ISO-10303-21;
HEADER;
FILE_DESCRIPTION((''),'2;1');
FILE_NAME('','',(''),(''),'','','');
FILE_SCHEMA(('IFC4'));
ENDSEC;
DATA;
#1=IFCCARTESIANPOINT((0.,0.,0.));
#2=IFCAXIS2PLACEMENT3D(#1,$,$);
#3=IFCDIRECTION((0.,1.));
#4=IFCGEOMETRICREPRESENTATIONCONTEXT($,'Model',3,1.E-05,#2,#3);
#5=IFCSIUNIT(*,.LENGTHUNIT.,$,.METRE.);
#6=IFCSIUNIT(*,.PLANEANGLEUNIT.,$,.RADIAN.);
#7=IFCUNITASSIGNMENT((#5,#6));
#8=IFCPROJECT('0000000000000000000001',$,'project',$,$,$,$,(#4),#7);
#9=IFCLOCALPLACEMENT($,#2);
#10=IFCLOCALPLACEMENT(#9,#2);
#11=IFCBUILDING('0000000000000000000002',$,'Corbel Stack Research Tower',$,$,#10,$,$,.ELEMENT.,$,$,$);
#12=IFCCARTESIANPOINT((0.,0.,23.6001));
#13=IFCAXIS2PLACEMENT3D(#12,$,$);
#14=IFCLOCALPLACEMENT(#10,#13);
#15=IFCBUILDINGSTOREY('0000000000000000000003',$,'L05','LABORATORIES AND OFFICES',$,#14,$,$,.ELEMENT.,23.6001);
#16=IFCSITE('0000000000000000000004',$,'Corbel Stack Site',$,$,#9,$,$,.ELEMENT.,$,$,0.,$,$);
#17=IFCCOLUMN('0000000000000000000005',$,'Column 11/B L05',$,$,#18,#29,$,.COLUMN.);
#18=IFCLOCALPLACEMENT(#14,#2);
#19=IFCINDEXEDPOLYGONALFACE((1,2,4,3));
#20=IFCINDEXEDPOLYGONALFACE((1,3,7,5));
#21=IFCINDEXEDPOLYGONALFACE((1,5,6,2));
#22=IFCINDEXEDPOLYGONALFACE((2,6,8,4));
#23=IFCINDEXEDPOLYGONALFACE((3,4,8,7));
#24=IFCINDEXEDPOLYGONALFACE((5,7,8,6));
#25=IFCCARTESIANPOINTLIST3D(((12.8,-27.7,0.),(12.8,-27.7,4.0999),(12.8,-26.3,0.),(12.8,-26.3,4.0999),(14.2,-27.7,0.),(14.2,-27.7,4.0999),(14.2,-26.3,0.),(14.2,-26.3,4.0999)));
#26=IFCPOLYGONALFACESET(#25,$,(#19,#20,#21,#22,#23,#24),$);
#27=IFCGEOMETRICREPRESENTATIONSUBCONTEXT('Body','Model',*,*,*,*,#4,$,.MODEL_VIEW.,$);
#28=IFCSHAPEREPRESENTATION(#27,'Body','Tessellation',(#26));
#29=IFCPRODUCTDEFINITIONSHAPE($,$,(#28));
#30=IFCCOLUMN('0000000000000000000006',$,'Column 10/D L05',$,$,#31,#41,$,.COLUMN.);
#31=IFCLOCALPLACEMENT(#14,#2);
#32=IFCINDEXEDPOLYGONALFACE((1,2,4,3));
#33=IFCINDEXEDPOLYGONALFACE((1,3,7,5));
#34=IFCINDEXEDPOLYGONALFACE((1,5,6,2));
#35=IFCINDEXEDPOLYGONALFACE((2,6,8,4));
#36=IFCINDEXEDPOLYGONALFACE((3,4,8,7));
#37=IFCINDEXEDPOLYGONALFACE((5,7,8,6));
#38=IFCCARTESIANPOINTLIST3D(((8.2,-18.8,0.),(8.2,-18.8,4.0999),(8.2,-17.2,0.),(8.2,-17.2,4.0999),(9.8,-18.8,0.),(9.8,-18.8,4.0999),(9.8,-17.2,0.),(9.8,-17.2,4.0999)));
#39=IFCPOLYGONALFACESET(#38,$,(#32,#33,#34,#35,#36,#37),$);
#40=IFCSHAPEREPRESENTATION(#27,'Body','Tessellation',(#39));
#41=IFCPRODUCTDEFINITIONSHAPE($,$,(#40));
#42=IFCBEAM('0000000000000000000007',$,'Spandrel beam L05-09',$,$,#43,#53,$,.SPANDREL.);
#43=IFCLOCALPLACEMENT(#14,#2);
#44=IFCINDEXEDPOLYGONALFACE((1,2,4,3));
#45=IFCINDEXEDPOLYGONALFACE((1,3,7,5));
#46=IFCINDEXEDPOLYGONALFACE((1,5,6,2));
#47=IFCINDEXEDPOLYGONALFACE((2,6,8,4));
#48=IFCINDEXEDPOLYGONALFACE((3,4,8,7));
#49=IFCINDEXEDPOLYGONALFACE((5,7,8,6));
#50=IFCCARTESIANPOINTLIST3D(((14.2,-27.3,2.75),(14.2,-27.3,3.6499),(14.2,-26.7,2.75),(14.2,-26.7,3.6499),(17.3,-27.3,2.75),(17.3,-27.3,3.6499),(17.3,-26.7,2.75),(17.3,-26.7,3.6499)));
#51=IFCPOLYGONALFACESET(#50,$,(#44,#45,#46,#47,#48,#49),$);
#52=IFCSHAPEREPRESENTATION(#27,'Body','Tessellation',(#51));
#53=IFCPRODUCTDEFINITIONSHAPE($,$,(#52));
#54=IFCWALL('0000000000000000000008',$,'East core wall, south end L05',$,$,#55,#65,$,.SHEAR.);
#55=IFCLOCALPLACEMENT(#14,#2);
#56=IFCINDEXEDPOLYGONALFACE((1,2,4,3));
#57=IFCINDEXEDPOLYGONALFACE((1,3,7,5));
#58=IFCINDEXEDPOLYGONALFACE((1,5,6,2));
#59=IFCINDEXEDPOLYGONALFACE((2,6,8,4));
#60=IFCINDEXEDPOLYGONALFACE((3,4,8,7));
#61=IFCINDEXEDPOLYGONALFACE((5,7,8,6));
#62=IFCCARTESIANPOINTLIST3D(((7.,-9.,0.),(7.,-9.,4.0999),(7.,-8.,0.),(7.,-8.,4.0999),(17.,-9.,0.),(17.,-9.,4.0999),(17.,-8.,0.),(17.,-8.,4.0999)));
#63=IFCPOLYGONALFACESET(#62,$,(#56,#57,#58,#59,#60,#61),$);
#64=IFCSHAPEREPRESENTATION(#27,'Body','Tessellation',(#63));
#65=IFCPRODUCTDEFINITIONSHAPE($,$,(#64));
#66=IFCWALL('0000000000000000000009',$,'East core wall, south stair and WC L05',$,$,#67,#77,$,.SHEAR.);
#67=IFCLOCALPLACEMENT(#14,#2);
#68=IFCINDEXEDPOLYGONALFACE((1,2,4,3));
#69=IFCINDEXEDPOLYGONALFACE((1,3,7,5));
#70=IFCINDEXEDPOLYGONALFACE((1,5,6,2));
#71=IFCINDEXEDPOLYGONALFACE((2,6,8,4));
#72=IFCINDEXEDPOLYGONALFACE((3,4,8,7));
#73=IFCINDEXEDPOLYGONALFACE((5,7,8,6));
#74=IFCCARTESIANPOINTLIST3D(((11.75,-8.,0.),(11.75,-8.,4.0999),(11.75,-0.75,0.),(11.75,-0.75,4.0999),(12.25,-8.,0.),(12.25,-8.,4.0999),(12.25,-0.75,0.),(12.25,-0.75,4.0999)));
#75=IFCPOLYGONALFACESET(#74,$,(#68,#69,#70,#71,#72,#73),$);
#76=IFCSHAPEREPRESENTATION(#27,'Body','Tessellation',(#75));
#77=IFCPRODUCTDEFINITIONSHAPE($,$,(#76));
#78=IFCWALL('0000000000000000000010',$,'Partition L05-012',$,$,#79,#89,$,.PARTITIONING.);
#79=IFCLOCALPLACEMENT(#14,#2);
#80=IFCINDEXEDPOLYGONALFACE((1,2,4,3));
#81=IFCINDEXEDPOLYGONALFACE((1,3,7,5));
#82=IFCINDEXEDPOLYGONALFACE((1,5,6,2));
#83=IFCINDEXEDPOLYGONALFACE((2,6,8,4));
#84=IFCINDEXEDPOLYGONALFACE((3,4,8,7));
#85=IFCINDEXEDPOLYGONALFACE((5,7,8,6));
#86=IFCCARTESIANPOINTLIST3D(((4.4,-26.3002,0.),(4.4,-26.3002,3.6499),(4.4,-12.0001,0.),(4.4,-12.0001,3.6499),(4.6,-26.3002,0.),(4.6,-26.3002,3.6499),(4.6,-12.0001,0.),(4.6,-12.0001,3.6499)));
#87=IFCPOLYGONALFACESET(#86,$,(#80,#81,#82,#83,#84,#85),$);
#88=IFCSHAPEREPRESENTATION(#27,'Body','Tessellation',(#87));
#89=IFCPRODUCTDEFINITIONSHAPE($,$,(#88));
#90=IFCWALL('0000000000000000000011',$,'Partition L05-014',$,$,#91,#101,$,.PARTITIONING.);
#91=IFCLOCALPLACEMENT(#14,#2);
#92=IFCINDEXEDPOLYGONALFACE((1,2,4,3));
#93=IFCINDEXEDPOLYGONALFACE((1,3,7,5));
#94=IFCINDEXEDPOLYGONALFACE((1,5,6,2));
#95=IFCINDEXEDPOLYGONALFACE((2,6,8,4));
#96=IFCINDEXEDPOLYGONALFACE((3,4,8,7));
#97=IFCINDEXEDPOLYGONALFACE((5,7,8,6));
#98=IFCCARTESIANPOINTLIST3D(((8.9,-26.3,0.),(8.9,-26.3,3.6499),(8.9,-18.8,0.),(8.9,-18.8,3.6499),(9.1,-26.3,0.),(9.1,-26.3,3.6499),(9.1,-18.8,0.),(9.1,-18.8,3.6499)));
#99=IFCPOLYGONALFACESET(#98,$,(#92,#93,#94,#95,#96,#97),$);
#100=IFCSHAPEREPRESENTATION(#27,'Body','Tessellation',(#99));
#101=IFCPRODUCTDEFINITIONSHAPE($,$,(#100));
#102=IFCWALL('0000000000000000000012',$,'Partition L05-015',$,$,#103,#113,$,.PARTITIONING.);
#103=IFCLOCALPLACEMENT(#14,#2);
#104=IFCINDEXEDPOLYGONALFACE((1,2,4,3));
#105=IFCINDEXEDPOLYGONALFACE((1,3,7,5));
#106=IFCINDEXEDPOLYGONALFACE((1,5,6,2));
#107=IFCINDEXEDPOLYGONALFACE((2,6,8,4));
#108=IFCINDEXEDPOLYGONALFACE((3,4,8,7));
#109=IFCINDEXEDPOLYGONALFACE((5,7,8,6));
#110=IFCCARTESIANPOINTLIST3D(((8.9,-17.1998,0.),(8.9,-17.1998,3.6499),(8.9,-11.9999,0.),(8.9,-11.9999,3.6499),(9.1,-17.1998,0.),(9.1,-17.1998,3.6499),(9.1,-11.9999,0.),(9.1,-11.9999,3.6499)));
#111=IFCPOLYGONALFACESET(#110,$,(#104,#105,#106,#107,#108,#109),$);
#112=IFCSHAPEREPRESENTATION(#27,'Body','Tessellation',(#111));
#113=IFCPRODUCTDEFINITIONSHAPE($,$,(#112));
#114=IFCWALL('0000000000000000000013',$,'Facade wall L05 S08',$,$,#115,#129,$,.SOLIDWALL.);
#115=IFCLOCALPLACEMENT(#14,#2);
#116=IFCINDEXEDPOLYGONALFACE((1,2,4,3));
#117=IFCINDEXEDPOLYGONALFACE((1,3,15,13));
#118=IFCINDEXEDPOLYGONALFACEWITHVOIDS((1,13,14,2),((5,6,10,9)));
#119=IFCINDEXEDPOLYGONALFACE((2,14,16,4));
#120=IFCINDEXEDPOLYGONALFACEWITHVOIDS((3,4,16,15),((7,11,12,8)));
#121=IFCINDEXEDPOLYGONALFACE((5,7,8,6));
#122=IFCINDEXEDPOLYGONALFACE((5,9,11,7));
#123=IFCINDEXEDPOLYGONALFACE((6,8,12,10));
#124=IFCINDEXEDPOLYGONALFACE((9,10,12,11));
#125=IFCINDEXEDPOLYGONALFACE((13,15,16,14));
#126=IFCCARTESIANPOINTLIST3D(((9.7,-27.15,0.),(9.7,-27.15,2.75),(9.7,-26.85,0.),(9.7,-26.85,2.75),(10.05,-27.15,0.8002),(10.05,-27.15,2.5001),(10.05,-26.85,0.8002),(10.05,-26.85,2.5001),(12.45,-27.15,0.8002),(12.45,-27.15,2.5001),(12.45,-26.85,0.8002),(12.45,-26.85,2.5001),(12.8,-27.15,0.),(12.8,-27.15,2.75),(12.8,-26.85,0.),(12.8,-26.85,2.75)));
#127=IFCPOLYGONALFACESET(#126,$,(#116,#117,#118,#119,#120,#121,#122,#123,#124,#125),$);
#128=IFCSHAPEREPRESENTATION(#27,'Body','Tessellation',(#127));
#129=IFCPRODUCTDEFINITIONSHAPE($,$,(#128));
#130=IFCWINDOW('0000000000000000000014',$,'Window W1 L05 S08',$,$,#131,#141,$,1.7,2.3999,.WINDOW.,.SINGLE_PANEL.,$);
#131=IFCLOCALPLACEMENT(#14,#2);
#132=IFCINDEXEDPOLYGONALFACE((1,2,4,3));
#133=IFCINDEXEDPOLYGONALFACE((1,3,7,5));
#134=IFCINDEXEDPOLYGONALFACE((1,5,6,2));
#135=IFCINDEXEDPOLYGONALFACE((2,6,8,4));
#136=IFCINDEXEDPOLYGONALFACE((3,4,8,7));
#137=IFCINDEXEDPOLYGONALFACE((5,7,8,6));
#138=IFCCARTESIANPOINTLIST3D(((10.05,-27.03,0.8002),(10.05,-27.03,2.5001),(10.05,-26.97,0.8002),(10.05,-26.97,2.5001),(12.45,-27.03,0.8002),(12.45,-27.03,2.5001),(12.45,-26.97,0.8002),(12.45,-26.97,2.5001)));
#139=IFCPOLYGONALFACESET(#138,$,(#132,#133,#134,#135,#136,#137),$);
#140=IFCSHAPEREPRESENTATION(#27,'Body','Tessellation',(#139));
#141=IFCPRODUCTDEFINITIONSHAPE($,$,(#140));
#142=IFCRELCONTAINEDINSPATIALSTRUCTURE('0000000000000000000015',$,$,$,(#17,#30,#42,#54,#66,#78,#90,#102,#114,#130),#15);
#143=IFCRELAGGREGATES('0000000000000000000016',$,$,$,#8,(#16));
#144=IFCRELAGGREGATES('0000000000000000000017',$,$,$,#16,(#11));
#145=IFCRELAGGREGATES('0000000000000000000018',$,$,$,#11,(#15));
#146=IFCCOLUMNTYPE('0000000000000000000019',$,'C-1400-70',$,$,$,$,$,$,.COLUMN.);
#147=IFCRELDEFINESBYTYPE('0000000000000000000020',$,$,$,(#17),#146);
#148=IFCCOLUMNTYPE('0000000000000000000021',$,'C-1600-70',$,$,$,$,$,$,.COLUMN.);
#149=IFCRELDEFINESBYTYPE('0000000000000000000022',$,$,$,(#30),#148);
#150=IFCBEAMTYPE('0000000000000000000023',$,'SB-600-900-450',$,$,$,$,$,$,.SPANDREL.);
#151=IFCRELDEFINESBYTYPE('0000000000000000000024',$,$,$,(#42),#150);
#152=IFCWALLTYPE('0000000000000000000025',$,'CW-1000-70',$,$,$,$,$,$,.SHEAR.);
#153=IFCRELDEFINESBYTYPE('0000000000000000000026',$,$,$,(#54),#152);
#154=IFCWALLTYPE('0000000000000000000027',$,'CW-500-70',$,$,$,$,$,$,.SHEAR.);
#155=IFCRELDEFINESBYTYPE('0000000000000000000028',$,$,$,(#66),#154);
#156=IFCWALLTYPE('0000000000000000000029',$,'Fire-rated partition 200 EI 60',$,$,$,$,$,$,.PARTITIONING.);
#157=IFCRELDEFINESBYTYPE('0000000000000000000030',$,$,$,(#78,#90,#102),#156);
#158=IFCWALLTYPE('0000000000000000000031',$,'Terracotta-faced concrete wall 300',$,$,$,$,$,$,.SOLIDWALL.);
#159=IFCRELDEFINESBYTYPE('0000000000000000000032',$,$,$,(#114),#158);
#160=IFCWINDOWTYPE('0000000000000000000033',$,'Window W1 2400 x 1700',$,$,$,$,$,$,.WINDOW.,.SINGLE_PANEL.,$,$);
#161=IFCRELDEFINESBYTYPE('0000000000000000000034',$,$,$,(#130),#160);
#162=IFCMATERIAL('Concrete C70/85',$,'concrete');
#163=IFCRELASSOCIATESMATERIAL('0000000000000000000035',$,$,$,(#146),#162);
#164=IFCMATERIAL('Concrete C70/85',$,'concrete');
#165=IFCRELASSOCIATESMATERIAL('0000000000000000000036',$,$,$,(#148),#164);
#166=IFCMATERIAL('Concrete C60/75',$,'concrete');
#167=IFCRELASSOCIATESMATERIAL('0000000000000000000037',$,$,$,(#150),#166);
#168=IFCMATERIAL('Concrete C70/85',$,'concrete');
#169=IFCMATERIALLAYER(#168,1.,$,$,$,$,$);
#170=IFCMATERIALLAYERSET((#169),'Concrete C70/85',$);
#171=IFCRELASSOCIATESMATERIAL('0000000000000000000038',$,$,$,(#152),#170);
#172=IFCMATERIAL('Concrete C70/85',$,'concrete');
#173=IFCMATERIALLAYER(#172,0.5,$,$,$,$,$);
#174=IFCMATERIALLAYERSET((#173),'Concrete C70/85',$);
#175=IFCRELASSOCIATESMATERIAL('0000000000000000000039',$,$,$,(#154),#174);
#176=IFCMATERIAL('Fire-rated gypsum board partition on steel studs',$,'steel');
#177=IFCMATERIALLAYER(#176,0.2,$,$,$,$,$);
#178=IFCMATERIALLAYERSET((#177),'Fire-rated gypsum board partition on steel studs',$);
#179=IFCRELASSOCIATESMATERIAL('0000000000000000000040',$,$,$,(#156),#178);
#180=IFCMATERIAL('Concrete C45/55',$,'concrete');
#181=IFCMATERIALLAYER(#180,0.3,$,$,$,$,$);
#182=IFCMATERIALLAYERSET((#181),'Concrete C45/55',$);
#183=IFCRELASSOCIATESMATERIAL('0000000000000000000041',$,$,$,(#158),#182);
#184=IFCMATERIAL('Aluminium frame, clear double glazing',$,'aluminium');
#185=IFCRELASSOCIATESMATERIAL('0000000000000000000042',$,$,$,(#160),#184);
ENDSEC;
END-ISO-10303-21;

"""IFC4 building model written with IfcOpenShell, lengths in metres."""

from ifc_helpers import new_model, si_unit, direction, frame, frame_2d, origin, origin_2d, place, context, subcontext, project, spatial, rectangle, extrude, material, layer, layer_set, material_profile, profile_set, type_object, element, fill, save


model = new_model("IFC4")

# Units and contexts
model_context = context("Model", 3, precision=1e-05, world=origin(), true_north=direction((0.0, 1.0)))
body_context = subcontext(model_context, "Body", "Model", "MODEL_VIEW")
ifc_project = project(units=[si_unit("LENGTHUNIT", "METRE"), si_unit("PLANEANGLEUNIT", "RADIAN")], contexts=[model_context])

# Site, building, storey
site_placement = place(None, origin())
site = spatial("IfcSite", under=ifc_project, at=site_placement, Name="Corbel Stack Site", CompositionType="ELEMENT", RefElevation=0.0)
building_placement = place(site_placement, origin())
building = spatial("IfcBuilding", under=site, at=building_placement, Name="Corbel Stack Research Tower", CompositionType="ELEMENT")
storey_placement = place(building_placement, frame((0.0, 0.0, 23.6001)))
storey = spatial("IfcBuildingStorey", under=building, at=storey_placement, Name="L05", Description="LABORATORIES AND OFFICES", CompositionType="ELEMENT", Elevation=23.6001)

# Columns
ifc_material_1 = material(Name="Concrete C70/85", Category="concrete")
ifc_material_profile_1 = material_profile(ifc_material_1, rectangle(XDim=1.3999, YDim=1.3999, at=origin_2d()), Name="RC 1400 x 1400")
ifc_profile_set_1 = profile_set([ifc_material_profile_1], Name="Concrete C70/85")
column_type_1 = type_object("IfcColumnType", Name="C-1400-70", PredefinedType="COLUMN", material=ifc_profile_set_1)
column_1_placement = place(storey_placement, frame((13.5, -27.0, 0.0), z_axis=(0.0, 0.0, 1.0), x_axis=(1.0, 0.0, 0.0)))
element("IfcColumn", 1, at=column_1_placement, inside=storey, type_object=column_type_1, Name="Column 11/B L05", PredefinedType="COLUMN", context=body_context, shape_type="SweptSolid", body=[
    extrude(rectangle(XDim=1.3999, YDim=1.3999, at=origin_2d()), origin(), (0.0, 0.0, 1.0), 4.0999),
])
ifc_material_2 = material(Name="Concrete C70/85", Category="concrete")
ifc_material_profile_2 = material_profile(ifc_material_2, rectangle(XDim=1.6001, YDim=1.6001, at=origin_2d()), Name="RC 1600 x 1600")
ifc_profile_set_2 = profile_set([ifc_material_profile_2], Name="Concrete C70/85")
column_type_2 = type_object("IfcColumnType", Name="C-1600-70", PredefinedType="COLUMN", material=ifc_profile_set_2)
column_2_placement = place(storey_placement, frame((9.0, -18.0, 0.0), z_axis=(0.0, 0.0, 1.0), x_axis=(1.0, 0.0, 0.0)))
element("IfcColumn", 2, at=column_2_placement, inside=storey, type_object=column_type_2, Name="Column 10/D L05", PredefinedType="COLUMN", context=body_context, shape_type="SweptSolid", body=[
    extrude(rectangle(XDim=1.6001, YDim=1.6001, at=origin_2d()), origin(), (0.0, 0.0, 1.0), 4.0999),
])

# Beam
ifc_material_3 = material(Name="Concrete C60/75", Category="concrete")
ifc_material_profile_3 = material_profile(ifc_material_3, rectangle(XDim=0.6001, YDim=0.8999, at=origin_2d()), Name="RC 600 x 900")
ifc_profile_set_3 = profile_set([ifc_material_profile_3], Name="Concrete C60/75")
beam_type = type_object("IfcBeamType", Name="SB-600-900-450", PredefinedType="SPANDREL", material=ifc_profile_set_3)
beam_placement = place(storey_placement, frame((14.2, -27.0, 3.2), z_axis=(1.0, 0.0, 0.0), x_axis=(0.0, 1.0, 0.0)))
element("IfcBeam", 3, at=beam_placement, inside=storey, type_object=beam_type, Name="Spandrel beam L05-09", PredefinedType="SPANDREL", context=body_context, shape_type="SweptSolid", body=[
    extrude(rectangle(XDim=0.6001, YDim=0.8999, at=origin_2d()), origin(), (0.0, 0.0, 1.0), 3.1001),
])

# Shared definitions
ifc_material_4 = material(Name="Concrete C70/85", Category="concrete")
ifc_layer_1 = layer(ifc_material_4, 1.0)
ifc_layer_set_1 = layer_set([ifc_layer_1], Name="Concrete C70/85")
wall_type_1 = type_object("IfcWallType", Name="CW-1000-70", PredefinedType="SHEAR", material=ifc_layer_set_1)

# Walls
wall_1_placement = place(storey_placement, frame((7.0, -8.5, 0.0), z_axis=(0.0, 0.0, 1.0), x_axis=(1.0, 0.0, 0.0)))
element("IfcWall", 4, at=wall_1_placement, inside=storey, type_object=wall_type_1, Name="East core wall, south end L05", PredefinedType="SHEAR", context=body_context, shape_type="SweptSolid", body=[
    extrude(rectangle(XDim=10.0, YDim=1.0, at=frame_2d((5.0, 0.0))), origin(), (0.0, 0.0, 1.0), 4.0999),
])
ifc_material_5 = material(Name="Concrete C70/85", Category="concrete")
ifc_layer_2 = layer(ifc_material_5, 0.5)
ifc_layer_set_2 = layer_set([ifc_layer_2], Name="Concrete C70/85")
wall_type_2 = type_object("IfcWallType", Name="CW-500-70", PredefinedType="SHEAR", material=ifc_layer_set_2)
wall_2_placement = place(storey_placement, frame((12.0, -8.0, 0.0), z_axis=(0.0, 0.0, 1.0), x_axis=(0.0, 1.0, 0.0)))
element("IfcWall", 5, at=wall_2_placement, inside=storey, type_object=wall_type_2, Name="East core wall, south stair and WC L05", PredefinedType="SHEAR", context=body_context, shape_type="SweptSolid", body=[
    extrude(rectangle(XDim=7.25, YDim=0.5, at=frame_2d((3.625, 0.0))), origin(), (0.0, 0.0, 1.0), 4.0999),
])
ifc_material_6 = material(Name="Fire-rated gypsum board partition on steel studs", Category="steel")
ifc_layer_3 = layer(ifc_material_6, 0.2)
ifc_layer_set_3 = layer_set([ifc_layer_3], Name="Fire-rated gypsum board partition on steel studs")
wall_type_3 = type_object("IfcWallType", Name="Fire-rated partition 200 EI 60", PredefinedType="PARTITIONING", material=ifc_layer_set_3)
wall_3_placement = place(storey_placement, frame((4.5, -26.3, 0.0), z_axis=(0.0, 0.0, 1.0), x_axis=(0.0, 1.0, 0.0)))
element("IfcWall", 6, at=wall_3_placement, inside=storey, type_object=wall_type_3, Name="Partition L05-012", PredefinedType="PARTITIONING", context=body_context, shape_type="SweptSolid", body=[
    extrude(rectangle(XDim=14.3, YDim=0.2, at=frame_2d((7.1499, 0.0))), origin(), (0.0, 0.0, 1.0), 3.6499),
])
wall_4_placement = place(storey_placement, frame((9.0, -26.3, 0.0), z_axis=(0.0, 0.0, 1.0), x_axis=(0.0, 1.0, 0.0)))
element("IfcWall", 7, at=wall_4_placement, inside=storey, type_object=wall_type_3, Name="Partition L05-014", PredefinedType="PARTITIONING", context=body_context, shape_type="SweptSolid", body=[
    extrude(rectangle(XDim=7.5, YDim=0.2, at=frame_2d((3.75, 0.0))), origin(), (0.0, 0.0, 1.0), 3.6499),
])
wall_5_placement = place(storey_placement, frame((9.0, -17.2, 0.0), z_axis=(0.0, 0.0, 1.0), x_axis=(0.0, 1.0, 0.0)))
element("IfcWall", 8, at=wall_5_placement, inside=storey, type_object=wall_type_3, Name="Partition L05-015", PredefinedType="PARTITIONING", context=body_context, shape_type="SweptSolid", body=[
    extrude(rectangle(XDim=5.2, YDim=0.2, at=frame_2d((2.6001, 0.0))), origin(), (0.0, 0.0, 1.0), 3.6499),
])

# Wall, opening, window
ifc_material_7 = material(Name="Concrete C45/55", Category="concrete")
ifc_layer_4 = layer(ifc_material_7, 0.3)
ifc_layer_set_4 = layer_set([ifc_layer_4], Name="Concrete C45/55")
wall_type_4 = type_object("IfcWallType", Name="Terracotta-faced concrete wall 300", PredefinedType="SOLIDWALL", material=ifc_layer_set_4)
wall_6_placement = place(storey_placement, frame((12.8, -27.0, 0.0), z_axis=(0.0, 0.0, 1.0), x_axis=(-1.0, 0.0, 0.0)))
wall_6 = element("IfcWall", 9, at=wall_6_placement, inside=storey, type_object=wall_type_4, Name="Facade wall L05 S08", PredefinedType="SOLIDWALL", context=body_context, shape_type="SweptSolid", body=[
    extrude(rectangle(XDim=3.1001, YDim=0.3, at=frame_2d((1.55, 0.0))), origin(), (0.0, 0.0, 1.0), 2.75),
])
opening_1_placement = place(wall_6_placement, frame((0.3501, 0.0, 0.8)))
opening_1 = element("IfcOpeningElement", 10, at=opening_1_placement, cuts=wall_6, PredefinedType="OPENING", context=body_context, shape_type="SweptSolid", body=[
    extrude(rectangle(XDim=2.3999, YDim=1.7, at=frame_2d((1.2, 0.8501))), frame((0.0, 0.1599, 0.0), z_axis=(0.0, -1.0, 0.0), x_axis=(1.0, 0.0, 0.0)), (0.0, 0.0, 1.0), 0.3201),
])
ifc_material_8 = material(Name="Aluminium frame, clear double glazing", Category="aluminium")
window_type = type_object("IfcWindowType", Name="Window W1 2400 x 1700", PartitioningType="SINGLE_PANEL", PredefinedType="WINDOW", material=ifc_material_8)
window_placement = place(opening_1_placement, origin())
window = element("IfcWindow", 11, at=window_placement, inside=storey, type_object=window_type, Name="Window W1 L05 S08", OverallHeight=1.7, OverallWidth=2.3999, PartitioningType="SINGLE_PANEL", PredefinedType="WINDOW", context=body_context, shape_type="SweptSolid", body=[
    extrude(rectangle(XDim=2.3999, YDim=1.7, at=frame_2d((1.2, 0.8501))), frame((0.0, 0.03, 0.0), z_axis=(0.0, -1.0, 0.0), x_axis=(1.0, 0.0, 0.0)), (0.0, 0.0, 1.0), 0.0601),
])
fill(opening_1, window)

save(model, "model.ifc")
